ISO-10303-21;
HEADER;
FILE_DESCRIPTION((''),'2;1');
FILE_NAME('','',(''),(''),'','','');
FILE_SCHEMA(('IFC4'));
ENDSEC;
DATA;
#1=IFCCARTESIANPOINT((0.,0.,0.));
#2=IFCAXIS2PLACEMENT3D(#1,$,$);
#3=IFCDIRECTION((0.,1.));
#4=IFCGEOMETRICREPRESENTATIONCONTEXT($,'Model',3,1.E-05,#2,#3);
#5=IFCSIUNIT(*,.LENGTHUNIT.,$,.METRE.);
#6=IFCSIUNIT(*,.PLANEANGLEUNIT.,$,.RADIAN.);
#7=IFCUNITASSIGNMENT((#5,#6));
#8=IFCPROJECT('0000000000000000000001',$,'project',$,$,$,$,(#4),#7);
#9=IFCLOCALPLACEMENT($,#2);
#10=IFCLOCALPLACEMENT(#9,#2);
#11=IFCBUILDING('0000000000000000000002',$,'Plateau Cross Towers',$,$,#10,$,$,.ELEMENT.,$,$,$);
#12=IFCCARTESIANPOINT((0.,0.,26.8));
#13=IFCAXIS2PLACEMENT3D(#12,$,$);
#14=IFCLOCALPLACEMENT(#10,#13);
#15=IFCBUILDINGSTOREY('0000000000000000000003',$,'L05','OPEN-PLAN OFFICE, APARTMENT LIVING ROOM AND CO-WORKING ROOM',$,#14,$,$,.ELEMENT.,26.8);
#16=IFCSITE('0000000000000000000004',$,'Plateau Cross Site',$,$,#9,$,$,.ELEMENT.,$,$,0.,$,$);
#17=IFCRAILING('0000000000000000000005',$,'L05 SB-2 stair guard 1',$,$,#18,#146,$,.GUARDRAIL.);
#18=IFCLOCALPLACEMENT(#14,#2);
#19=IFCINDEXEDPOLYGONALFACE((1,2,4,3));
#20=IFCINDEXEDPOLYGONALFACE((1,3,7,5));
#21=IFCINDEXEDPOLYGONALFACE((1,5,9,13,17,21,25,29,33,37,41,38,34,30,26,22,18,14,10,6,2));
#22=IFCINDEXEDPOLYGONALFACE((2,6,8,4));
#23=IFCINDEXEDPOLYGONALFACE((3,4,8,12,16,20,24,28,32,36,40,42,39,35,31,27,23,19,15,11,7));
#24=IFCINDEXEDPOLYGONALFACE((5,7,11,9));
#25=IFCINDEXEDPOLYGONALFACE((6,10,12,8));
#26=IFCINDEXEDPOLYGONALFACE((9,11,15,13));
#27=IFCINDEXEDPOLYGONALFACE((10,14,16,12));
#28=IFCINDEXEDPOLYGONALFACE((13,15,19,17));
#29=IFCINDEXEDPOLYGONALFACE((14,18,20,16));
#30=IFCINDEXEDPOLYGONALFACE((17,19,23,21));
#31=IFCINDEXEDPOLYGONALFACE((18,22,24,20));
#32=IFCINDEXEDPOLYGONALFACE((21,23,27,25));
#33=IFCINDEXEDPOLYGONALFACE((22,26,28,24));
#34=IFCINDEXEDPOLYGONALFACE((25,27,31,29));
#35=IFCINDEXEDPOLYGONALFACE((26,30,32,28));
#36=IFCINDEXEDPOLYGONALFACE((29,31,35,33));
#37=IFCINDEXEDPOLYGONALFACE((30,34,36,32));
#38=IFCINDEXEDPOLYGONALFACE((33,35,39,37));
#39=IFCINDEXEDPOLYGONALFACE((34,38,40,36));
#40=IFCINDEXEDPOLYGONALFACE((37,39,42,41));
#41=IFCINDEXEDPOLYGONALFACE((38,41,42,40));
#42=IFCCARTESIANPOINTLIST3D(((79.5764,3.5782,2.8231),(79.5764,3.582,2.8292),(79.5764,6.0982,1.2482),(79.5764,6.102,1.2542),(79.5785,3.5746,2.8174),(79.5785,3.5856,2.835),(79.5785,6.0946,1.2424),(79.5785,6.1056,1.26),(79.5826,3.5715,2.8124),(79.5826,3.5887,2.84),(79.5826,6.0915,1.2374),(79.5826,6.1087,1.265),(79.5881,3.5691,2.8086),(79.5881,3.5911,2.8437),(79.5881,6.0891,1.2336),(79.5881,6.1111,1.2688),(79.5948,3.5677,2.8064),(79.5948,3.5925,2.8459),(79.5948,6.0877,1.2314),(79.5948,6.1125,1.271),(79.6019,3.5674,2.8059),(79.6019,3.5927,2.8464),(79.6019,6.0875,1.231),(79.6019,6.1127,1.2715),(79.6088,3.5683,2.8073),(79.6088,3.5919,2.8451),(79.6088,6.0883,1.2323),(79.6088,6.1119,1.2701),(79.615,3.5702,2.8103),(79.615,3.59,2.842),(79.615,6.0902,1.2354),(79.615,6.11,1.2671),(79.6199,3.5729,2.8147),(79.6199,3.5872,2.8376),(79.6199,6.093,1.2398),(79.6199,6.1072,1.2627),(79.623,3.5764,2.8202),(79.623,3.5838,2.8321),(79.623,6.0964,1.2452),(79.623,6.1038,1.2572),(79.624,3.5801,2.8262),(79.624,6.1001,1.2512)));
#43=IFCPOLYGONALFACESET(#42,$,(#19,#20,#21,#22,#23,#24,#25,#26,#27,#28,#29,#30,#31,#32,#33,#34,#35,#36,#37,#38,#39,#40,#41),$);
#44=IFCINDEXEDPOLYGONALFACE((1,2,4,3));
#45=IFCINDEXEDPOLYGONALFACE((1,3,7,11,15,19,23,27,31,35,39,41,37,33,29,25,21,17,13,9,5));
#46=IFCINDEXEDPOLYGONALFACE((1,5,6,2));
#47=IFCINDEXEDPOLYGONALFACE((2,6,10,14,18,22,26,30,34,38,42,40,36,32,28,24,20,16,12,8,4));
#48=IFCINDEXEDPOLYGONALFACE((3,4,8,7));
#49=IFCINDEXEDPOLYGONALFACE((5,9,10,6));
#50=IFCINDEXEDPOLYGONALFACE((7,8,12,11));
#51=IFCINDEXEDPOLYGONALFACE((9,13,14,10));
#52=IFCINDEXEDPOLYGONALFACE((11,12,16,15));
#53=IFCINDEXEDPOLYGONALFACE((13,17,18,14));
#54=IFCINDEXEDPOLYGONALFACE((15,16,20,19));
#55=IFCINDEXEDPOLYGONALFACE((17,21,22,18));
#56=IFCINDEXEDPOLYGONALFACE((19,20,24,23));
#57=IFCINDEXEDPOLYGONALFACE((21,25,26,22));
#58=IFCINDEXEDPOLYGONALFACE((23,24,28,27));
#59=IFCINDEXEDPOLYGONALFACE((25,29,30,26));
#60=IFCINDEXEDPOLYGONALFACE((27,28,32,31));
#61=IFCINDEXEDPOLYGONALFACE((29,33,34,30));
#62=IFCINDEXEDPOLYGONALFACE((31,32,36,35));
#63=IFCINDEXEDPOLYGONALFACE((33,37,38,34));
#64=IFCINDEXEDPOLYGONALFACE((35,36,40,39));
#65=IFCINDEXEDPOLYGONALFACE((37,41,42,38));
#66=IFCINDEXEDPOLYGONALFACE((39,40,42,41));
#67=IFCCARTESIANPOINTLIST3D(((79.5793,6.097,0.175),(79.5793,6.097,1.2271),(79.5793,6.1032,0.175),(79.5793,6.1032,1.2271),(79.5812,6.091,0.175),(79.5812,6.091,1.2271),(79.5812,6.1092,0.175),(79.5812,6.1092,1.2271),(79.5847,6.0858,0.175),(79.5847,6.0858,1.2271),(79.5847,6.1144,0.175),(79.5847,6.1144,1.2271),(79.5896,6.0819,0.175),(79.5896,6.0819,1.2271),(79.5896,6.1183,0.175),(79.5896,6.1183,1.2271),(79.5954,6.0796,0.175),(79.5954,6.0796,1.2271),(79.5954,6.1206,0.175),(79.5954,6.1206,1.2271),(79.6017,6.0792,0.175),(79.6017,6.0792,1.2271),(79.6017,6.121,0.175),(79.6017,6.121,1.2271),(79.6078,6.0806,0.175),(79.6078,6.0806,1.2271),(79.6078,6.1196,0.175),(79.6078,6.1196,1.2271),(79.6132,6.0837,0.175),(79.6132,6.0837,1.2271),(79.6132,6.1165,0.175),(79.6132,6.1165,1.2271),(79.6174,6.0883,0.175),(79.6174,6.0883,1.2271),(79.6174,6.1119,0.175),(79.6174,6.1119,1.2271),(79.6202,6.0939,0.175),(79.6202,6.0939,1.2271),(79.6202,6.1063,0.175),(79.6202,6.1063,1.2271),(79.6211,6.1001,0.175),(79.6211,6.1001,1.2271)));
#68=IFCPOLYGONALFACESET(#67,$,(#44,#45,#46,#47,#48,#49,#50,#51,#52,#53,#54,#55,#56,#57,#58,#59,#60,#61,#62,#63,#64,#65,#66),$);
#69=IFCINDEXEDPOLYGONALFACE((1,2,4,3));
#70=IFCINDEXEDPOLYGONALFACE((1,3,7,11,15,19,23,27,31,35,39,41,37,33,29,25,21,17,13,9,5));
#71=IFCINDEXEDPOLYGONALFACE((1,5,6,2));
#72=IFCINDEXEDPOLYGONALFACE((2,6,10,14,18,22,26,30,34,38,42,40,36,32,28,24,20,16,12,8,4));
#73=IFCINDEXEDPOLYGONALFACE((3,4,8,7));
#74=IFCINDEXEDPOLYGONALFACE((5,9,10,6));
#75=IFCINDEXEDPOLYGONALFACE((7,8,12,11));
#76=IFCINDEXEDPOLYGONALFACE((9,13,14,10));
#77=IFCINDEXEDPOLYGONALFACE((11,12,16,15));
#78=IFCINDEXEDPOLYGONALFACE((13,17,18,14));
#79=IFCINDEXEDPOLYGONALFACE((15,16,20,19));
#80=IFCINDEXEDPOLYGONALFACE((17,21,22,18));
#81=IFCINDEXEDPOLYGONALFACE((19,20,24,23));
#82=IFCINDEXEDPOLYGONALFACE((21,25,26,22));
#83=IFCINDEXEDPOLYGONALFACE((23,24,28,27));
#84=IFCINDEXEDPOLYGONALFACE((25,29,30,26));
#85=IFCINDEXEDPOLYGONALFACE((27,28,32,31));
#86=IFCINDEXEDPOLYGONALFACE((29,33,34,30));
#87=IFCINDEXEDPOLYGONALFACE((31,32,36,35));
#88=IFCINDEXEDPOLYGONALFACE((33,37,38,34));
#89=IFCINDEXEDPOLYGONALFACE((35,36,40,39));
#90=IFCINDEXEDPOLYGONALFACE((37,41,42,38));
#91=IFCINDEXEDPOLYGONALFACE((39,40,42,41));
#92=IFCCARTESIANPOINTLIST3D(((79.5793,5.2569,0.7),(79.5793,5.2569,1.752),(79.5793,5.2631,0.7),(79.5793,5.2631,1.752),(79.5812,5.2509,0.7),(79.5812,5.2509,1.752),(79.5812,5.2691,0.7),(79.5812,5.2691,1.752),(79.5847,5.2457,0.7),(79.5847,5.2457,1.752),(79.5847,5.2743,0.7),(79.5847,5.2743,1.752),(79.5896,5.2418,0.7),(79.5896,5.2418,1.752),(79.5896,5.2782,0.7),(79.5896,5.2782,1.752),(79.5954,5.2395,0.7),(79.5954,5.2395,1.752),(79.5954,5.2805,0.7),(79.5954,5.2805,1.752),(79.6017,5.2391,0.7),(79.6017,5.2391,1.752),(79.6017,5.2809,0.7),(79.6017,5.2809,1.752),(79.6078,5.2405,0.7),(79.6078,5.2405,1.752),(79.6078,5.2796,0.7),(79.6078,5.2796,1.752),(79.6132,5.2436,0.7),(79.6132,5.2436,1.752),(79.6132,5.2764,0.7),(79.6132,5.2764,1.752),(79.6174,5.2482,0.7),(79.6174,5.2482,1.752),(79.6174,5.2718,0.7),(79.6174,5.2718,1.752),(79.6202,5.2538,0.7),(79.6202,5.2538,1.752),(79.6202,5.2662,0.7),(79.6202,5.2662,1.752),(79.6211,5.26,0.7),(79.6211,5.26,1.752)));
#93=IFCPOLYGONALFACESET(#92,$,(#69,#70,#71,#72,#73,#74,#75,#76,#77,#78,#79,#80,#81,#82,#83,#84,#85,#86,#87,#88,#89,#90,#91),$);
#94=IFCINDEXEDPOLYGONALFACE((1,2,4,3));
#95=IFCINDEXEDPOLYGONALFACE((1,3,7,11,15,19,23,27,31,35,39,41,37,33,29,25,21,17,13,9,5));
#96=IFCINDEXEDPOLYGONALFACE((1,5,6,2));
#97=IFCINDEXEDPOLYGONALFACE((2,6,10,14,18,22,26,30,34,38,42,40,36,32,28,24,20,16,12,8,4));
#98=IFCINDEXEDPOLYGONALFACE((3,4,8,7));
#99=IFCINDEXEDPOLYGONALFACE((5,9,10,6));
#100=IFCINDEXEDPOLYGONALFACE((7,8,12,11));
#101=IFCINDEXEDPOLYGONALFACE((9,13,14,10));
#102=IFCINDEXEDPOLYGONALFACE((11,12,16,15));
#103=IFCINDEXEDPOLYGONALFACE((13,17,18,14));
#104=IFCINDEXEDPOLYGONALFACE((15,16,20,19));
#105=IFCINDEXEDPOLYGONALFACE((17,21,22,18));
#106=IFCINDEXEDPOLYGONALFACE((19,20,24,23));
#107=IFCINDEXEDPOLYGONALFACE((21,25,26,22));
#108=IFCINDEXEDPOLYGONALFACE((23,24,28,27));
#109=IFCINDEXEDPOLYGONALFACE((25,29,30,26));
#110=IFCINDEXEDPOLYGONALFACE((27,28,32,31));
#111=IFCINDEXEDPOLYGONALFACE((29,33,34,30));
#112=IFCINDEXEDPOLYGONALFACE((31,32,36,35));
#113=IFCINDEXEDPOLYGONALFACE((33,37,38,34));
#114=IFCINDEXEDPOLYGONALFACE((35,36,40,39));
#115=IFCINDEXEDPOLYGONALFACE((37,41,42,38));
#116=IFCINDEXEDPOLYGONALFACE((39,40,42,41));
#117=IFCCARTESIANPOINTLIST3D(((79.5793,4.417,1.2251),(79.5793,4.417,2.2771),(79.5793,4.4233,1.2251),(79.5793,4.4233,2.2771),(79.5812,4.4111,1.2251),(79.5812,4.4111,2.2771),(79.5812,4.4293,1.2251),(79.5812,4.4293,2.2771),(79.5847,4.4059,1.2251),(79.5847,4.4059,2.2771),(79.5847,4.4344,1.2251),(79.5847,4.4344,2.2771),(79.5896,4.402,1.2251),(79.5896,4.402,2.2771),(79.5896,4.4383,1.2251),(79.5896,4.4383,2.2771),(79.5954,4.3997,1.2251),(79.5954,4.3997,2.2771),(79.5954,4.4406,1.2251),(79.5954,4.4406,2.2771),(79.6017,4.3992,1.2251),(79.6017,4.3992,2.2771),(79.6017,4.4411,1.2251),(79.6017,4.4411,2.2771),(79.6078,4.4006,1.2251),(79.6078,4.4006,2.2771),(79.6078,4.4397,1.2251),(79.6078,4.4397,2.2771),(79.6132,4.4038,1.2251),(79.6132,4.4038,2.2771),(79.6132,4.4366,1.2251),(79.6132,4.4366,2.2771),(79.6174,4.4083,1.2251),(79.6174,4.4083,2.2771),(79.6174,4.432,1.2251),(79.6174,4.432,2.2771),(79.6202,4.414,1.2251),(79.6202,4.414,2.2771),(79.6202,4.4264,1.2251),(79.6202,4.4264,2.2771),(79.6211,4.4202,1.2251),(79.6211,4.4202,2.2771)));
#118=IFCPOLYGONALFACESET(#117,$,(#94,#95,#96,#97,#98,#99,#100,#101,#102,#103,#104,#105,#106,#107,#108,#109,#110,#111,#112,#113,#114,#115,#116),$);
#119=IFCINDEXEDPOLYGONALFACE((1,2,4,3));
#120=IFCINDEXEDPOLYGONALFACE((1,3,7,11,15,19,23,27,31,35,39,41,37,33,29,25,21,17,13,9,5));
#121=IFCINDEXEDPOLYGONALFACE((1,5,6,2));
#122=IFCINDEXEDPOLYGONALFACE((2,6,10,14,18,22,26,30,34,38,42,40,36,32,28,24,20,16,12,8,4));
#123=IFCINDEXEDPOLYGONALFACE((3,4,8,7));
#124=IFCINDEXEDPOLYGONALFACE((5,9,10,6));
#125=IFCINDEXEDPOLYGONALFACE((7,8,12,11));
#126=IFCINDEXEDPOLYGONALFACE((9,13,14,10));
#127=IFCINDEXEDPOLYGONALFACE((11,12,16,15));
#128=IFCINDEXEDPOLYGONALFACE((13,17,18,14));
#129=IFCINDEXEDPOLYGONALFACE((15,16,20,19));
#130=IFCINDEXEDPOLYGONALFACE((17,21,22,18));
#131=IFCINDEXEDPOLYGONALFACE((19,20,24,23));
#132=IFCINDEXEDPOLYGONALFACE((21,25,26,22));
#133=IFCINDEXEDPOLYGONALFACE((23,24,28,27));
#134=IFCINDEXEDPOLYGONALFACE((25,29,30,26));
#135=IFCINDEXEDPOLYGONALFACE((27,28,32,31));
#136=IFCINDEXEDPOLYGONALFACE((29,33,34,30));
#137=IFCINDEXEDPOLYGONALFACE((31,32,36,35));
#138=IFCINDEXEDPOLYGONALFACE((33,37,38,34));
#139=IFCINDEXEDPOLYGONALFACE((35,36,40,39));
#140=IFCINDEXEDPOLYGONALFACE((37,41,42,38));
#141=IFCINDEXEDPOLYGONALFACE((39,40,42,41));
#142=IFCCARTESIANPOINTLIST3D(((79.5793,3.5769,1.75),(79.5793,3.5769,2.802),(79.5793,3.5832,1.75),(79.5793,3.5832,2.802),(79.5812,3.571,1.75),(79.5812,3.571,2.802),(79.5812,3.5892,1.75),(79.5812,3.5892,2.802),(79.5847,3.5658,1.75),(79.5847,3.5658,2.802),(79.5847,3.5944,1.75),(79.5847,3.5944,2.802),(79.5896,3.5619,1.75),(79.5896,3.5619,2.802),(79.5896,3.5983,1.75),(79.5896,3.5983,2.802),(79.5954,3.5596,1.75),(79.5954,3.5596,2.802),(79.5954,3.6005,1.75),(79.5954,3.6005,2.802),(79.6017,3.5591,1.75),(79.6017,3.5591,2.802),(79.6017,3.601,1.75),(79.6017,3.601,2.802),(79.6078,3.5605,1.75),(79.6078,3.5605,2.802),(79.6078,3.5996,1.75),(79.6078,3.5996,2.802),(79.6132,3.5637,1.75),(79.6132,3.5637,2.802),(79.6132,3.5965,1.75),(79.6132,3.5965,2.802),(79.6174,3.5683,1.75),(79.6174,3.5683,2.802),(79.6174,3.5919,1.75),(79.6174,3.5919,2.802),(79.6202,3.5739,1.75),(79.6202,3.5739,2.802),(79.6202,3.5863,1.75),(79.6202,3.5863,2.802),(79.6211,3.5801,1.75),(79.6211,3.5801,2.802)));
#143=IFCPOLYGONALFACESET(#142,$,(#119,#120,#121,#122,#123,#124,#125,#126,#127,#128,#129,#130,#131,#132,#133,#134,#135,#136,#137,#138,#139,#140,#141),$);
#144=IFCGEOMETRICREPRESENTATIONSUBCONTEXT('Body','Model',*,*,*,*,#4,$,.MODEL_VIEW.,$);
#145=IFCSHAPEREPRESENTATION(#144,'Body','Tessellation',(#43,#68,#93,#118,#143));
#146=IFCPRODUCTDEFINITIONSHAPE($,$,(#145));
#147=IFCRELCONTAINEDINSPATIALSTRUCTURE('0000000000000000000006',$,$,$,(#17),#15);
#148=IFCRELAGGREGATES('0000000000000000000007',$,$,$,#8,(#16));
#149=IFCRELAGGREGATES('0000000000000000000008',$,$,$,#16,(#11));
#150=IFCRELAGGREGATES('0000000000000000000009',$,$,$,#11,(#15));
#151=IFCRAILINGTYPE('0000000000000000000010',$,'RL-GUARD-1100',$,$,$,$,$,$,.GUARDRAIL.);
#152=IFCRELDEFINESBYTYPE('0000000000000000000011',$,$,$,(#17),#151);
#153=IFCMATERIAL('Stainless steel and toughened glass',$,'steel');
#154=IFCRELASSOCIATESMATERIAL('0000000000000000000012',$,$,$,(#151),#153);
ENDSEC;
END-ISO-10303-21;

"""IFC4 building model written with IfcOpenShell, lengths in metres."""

from ifc_helpers import new_model, si_unit, direction, frame, origin, origin_2d, place, context, subcontext, project, spatial, circle, extrude, material, type_object, element, save


model = new_model("IFC4")

# Units and contexts
model_context = context("Model", 3, precision=1e-05, world=origin(), true_north=direction((0.0, 1.0)))
body_context = subcontext(model_context, "Body", "Model", "MODEL_VIEW")
ifc_project = project(units=[si_unit("LENGTHUNIT", "METRE"), si_unit("PLANEANGLEUNIT", "RADIAN")], contexts=[model_context])

# Site, building, storey
site_placement = place(None, origin())
site = spatial("IfcSite", under=ifc_project, at=site_placement, Name="Plateau Cross Site", CompositionType="ELEMENT", RefElevation=0.0)
building_placement = place(site_placement, origin())
building = spatial("IfcBuilding", under=site, at=building_placement, Name="Plateau Cross Towers", CompositionType="ELEMENT")
storey_placement = place(building_placement, frame((0.0, 0.0, 26.8)))
storey = spatial("IfcBuildingStorey", under=building, at=storey_placement, Name="L05", Description="OPEN-PLAN OFFICE, APARTMENT LIVING ROOM AND CO-WORKING ROOM", CompositionType="ELEMENT", Elevation=26.8)

# Railing
ifc_material_1 = material(Name="Stainless steel and toughened glass", Category="steel")
railing_type_1 = type_object("IfcRailingType", Name="RL-GUARD-1100", PredefinedType="GUARDRAIL", material=ifc_material_1)
railing_1_placement = place(storey_placement, frame((79.6001, 6.1001, 0.175)))
element("IfcRailing", 1, at=railing_1_placement, inside=storey, type_object=railing_type_1, Name="L05 SB-2 stair guard 1", PredefinedType="GUARDRAIL", context=body_context, shape_type="SweptSolid", body=[
    extrude(circle(Radius=0.0239, at=origin_2d()), frame((0.0, 0.0, 1.0762), z_axis=(0.0, -0.848008, 0.529984), x_axis=(1.0, 0.0, 0.0)), (0.0, 0.0, 1.0), 2.9717),
    extrude(circle(Radius=0.021, at=origin_2d()), origin(), (0.0, 0.0, 1.0), 1.052),
    extrude(circle(Radius=0.021, at=origin_2d()), frame((0.0, -0.8401, 0.5249)), (0.0, 0.0, 1.0), 1.052),
    extrude(circle(Radius=0.021, at=origin_2d()), frame((0.0, -1.6799, 1.05)), (0.0, 0.0, 1.0), 1.052),
    extrude(circle(Radius=0.021, at=origin_2d()), frame((0.0, -2.52, 1.575)), (0.0, 0.0, 1.0), 1.052),
])

save(model, "model.ifc")
